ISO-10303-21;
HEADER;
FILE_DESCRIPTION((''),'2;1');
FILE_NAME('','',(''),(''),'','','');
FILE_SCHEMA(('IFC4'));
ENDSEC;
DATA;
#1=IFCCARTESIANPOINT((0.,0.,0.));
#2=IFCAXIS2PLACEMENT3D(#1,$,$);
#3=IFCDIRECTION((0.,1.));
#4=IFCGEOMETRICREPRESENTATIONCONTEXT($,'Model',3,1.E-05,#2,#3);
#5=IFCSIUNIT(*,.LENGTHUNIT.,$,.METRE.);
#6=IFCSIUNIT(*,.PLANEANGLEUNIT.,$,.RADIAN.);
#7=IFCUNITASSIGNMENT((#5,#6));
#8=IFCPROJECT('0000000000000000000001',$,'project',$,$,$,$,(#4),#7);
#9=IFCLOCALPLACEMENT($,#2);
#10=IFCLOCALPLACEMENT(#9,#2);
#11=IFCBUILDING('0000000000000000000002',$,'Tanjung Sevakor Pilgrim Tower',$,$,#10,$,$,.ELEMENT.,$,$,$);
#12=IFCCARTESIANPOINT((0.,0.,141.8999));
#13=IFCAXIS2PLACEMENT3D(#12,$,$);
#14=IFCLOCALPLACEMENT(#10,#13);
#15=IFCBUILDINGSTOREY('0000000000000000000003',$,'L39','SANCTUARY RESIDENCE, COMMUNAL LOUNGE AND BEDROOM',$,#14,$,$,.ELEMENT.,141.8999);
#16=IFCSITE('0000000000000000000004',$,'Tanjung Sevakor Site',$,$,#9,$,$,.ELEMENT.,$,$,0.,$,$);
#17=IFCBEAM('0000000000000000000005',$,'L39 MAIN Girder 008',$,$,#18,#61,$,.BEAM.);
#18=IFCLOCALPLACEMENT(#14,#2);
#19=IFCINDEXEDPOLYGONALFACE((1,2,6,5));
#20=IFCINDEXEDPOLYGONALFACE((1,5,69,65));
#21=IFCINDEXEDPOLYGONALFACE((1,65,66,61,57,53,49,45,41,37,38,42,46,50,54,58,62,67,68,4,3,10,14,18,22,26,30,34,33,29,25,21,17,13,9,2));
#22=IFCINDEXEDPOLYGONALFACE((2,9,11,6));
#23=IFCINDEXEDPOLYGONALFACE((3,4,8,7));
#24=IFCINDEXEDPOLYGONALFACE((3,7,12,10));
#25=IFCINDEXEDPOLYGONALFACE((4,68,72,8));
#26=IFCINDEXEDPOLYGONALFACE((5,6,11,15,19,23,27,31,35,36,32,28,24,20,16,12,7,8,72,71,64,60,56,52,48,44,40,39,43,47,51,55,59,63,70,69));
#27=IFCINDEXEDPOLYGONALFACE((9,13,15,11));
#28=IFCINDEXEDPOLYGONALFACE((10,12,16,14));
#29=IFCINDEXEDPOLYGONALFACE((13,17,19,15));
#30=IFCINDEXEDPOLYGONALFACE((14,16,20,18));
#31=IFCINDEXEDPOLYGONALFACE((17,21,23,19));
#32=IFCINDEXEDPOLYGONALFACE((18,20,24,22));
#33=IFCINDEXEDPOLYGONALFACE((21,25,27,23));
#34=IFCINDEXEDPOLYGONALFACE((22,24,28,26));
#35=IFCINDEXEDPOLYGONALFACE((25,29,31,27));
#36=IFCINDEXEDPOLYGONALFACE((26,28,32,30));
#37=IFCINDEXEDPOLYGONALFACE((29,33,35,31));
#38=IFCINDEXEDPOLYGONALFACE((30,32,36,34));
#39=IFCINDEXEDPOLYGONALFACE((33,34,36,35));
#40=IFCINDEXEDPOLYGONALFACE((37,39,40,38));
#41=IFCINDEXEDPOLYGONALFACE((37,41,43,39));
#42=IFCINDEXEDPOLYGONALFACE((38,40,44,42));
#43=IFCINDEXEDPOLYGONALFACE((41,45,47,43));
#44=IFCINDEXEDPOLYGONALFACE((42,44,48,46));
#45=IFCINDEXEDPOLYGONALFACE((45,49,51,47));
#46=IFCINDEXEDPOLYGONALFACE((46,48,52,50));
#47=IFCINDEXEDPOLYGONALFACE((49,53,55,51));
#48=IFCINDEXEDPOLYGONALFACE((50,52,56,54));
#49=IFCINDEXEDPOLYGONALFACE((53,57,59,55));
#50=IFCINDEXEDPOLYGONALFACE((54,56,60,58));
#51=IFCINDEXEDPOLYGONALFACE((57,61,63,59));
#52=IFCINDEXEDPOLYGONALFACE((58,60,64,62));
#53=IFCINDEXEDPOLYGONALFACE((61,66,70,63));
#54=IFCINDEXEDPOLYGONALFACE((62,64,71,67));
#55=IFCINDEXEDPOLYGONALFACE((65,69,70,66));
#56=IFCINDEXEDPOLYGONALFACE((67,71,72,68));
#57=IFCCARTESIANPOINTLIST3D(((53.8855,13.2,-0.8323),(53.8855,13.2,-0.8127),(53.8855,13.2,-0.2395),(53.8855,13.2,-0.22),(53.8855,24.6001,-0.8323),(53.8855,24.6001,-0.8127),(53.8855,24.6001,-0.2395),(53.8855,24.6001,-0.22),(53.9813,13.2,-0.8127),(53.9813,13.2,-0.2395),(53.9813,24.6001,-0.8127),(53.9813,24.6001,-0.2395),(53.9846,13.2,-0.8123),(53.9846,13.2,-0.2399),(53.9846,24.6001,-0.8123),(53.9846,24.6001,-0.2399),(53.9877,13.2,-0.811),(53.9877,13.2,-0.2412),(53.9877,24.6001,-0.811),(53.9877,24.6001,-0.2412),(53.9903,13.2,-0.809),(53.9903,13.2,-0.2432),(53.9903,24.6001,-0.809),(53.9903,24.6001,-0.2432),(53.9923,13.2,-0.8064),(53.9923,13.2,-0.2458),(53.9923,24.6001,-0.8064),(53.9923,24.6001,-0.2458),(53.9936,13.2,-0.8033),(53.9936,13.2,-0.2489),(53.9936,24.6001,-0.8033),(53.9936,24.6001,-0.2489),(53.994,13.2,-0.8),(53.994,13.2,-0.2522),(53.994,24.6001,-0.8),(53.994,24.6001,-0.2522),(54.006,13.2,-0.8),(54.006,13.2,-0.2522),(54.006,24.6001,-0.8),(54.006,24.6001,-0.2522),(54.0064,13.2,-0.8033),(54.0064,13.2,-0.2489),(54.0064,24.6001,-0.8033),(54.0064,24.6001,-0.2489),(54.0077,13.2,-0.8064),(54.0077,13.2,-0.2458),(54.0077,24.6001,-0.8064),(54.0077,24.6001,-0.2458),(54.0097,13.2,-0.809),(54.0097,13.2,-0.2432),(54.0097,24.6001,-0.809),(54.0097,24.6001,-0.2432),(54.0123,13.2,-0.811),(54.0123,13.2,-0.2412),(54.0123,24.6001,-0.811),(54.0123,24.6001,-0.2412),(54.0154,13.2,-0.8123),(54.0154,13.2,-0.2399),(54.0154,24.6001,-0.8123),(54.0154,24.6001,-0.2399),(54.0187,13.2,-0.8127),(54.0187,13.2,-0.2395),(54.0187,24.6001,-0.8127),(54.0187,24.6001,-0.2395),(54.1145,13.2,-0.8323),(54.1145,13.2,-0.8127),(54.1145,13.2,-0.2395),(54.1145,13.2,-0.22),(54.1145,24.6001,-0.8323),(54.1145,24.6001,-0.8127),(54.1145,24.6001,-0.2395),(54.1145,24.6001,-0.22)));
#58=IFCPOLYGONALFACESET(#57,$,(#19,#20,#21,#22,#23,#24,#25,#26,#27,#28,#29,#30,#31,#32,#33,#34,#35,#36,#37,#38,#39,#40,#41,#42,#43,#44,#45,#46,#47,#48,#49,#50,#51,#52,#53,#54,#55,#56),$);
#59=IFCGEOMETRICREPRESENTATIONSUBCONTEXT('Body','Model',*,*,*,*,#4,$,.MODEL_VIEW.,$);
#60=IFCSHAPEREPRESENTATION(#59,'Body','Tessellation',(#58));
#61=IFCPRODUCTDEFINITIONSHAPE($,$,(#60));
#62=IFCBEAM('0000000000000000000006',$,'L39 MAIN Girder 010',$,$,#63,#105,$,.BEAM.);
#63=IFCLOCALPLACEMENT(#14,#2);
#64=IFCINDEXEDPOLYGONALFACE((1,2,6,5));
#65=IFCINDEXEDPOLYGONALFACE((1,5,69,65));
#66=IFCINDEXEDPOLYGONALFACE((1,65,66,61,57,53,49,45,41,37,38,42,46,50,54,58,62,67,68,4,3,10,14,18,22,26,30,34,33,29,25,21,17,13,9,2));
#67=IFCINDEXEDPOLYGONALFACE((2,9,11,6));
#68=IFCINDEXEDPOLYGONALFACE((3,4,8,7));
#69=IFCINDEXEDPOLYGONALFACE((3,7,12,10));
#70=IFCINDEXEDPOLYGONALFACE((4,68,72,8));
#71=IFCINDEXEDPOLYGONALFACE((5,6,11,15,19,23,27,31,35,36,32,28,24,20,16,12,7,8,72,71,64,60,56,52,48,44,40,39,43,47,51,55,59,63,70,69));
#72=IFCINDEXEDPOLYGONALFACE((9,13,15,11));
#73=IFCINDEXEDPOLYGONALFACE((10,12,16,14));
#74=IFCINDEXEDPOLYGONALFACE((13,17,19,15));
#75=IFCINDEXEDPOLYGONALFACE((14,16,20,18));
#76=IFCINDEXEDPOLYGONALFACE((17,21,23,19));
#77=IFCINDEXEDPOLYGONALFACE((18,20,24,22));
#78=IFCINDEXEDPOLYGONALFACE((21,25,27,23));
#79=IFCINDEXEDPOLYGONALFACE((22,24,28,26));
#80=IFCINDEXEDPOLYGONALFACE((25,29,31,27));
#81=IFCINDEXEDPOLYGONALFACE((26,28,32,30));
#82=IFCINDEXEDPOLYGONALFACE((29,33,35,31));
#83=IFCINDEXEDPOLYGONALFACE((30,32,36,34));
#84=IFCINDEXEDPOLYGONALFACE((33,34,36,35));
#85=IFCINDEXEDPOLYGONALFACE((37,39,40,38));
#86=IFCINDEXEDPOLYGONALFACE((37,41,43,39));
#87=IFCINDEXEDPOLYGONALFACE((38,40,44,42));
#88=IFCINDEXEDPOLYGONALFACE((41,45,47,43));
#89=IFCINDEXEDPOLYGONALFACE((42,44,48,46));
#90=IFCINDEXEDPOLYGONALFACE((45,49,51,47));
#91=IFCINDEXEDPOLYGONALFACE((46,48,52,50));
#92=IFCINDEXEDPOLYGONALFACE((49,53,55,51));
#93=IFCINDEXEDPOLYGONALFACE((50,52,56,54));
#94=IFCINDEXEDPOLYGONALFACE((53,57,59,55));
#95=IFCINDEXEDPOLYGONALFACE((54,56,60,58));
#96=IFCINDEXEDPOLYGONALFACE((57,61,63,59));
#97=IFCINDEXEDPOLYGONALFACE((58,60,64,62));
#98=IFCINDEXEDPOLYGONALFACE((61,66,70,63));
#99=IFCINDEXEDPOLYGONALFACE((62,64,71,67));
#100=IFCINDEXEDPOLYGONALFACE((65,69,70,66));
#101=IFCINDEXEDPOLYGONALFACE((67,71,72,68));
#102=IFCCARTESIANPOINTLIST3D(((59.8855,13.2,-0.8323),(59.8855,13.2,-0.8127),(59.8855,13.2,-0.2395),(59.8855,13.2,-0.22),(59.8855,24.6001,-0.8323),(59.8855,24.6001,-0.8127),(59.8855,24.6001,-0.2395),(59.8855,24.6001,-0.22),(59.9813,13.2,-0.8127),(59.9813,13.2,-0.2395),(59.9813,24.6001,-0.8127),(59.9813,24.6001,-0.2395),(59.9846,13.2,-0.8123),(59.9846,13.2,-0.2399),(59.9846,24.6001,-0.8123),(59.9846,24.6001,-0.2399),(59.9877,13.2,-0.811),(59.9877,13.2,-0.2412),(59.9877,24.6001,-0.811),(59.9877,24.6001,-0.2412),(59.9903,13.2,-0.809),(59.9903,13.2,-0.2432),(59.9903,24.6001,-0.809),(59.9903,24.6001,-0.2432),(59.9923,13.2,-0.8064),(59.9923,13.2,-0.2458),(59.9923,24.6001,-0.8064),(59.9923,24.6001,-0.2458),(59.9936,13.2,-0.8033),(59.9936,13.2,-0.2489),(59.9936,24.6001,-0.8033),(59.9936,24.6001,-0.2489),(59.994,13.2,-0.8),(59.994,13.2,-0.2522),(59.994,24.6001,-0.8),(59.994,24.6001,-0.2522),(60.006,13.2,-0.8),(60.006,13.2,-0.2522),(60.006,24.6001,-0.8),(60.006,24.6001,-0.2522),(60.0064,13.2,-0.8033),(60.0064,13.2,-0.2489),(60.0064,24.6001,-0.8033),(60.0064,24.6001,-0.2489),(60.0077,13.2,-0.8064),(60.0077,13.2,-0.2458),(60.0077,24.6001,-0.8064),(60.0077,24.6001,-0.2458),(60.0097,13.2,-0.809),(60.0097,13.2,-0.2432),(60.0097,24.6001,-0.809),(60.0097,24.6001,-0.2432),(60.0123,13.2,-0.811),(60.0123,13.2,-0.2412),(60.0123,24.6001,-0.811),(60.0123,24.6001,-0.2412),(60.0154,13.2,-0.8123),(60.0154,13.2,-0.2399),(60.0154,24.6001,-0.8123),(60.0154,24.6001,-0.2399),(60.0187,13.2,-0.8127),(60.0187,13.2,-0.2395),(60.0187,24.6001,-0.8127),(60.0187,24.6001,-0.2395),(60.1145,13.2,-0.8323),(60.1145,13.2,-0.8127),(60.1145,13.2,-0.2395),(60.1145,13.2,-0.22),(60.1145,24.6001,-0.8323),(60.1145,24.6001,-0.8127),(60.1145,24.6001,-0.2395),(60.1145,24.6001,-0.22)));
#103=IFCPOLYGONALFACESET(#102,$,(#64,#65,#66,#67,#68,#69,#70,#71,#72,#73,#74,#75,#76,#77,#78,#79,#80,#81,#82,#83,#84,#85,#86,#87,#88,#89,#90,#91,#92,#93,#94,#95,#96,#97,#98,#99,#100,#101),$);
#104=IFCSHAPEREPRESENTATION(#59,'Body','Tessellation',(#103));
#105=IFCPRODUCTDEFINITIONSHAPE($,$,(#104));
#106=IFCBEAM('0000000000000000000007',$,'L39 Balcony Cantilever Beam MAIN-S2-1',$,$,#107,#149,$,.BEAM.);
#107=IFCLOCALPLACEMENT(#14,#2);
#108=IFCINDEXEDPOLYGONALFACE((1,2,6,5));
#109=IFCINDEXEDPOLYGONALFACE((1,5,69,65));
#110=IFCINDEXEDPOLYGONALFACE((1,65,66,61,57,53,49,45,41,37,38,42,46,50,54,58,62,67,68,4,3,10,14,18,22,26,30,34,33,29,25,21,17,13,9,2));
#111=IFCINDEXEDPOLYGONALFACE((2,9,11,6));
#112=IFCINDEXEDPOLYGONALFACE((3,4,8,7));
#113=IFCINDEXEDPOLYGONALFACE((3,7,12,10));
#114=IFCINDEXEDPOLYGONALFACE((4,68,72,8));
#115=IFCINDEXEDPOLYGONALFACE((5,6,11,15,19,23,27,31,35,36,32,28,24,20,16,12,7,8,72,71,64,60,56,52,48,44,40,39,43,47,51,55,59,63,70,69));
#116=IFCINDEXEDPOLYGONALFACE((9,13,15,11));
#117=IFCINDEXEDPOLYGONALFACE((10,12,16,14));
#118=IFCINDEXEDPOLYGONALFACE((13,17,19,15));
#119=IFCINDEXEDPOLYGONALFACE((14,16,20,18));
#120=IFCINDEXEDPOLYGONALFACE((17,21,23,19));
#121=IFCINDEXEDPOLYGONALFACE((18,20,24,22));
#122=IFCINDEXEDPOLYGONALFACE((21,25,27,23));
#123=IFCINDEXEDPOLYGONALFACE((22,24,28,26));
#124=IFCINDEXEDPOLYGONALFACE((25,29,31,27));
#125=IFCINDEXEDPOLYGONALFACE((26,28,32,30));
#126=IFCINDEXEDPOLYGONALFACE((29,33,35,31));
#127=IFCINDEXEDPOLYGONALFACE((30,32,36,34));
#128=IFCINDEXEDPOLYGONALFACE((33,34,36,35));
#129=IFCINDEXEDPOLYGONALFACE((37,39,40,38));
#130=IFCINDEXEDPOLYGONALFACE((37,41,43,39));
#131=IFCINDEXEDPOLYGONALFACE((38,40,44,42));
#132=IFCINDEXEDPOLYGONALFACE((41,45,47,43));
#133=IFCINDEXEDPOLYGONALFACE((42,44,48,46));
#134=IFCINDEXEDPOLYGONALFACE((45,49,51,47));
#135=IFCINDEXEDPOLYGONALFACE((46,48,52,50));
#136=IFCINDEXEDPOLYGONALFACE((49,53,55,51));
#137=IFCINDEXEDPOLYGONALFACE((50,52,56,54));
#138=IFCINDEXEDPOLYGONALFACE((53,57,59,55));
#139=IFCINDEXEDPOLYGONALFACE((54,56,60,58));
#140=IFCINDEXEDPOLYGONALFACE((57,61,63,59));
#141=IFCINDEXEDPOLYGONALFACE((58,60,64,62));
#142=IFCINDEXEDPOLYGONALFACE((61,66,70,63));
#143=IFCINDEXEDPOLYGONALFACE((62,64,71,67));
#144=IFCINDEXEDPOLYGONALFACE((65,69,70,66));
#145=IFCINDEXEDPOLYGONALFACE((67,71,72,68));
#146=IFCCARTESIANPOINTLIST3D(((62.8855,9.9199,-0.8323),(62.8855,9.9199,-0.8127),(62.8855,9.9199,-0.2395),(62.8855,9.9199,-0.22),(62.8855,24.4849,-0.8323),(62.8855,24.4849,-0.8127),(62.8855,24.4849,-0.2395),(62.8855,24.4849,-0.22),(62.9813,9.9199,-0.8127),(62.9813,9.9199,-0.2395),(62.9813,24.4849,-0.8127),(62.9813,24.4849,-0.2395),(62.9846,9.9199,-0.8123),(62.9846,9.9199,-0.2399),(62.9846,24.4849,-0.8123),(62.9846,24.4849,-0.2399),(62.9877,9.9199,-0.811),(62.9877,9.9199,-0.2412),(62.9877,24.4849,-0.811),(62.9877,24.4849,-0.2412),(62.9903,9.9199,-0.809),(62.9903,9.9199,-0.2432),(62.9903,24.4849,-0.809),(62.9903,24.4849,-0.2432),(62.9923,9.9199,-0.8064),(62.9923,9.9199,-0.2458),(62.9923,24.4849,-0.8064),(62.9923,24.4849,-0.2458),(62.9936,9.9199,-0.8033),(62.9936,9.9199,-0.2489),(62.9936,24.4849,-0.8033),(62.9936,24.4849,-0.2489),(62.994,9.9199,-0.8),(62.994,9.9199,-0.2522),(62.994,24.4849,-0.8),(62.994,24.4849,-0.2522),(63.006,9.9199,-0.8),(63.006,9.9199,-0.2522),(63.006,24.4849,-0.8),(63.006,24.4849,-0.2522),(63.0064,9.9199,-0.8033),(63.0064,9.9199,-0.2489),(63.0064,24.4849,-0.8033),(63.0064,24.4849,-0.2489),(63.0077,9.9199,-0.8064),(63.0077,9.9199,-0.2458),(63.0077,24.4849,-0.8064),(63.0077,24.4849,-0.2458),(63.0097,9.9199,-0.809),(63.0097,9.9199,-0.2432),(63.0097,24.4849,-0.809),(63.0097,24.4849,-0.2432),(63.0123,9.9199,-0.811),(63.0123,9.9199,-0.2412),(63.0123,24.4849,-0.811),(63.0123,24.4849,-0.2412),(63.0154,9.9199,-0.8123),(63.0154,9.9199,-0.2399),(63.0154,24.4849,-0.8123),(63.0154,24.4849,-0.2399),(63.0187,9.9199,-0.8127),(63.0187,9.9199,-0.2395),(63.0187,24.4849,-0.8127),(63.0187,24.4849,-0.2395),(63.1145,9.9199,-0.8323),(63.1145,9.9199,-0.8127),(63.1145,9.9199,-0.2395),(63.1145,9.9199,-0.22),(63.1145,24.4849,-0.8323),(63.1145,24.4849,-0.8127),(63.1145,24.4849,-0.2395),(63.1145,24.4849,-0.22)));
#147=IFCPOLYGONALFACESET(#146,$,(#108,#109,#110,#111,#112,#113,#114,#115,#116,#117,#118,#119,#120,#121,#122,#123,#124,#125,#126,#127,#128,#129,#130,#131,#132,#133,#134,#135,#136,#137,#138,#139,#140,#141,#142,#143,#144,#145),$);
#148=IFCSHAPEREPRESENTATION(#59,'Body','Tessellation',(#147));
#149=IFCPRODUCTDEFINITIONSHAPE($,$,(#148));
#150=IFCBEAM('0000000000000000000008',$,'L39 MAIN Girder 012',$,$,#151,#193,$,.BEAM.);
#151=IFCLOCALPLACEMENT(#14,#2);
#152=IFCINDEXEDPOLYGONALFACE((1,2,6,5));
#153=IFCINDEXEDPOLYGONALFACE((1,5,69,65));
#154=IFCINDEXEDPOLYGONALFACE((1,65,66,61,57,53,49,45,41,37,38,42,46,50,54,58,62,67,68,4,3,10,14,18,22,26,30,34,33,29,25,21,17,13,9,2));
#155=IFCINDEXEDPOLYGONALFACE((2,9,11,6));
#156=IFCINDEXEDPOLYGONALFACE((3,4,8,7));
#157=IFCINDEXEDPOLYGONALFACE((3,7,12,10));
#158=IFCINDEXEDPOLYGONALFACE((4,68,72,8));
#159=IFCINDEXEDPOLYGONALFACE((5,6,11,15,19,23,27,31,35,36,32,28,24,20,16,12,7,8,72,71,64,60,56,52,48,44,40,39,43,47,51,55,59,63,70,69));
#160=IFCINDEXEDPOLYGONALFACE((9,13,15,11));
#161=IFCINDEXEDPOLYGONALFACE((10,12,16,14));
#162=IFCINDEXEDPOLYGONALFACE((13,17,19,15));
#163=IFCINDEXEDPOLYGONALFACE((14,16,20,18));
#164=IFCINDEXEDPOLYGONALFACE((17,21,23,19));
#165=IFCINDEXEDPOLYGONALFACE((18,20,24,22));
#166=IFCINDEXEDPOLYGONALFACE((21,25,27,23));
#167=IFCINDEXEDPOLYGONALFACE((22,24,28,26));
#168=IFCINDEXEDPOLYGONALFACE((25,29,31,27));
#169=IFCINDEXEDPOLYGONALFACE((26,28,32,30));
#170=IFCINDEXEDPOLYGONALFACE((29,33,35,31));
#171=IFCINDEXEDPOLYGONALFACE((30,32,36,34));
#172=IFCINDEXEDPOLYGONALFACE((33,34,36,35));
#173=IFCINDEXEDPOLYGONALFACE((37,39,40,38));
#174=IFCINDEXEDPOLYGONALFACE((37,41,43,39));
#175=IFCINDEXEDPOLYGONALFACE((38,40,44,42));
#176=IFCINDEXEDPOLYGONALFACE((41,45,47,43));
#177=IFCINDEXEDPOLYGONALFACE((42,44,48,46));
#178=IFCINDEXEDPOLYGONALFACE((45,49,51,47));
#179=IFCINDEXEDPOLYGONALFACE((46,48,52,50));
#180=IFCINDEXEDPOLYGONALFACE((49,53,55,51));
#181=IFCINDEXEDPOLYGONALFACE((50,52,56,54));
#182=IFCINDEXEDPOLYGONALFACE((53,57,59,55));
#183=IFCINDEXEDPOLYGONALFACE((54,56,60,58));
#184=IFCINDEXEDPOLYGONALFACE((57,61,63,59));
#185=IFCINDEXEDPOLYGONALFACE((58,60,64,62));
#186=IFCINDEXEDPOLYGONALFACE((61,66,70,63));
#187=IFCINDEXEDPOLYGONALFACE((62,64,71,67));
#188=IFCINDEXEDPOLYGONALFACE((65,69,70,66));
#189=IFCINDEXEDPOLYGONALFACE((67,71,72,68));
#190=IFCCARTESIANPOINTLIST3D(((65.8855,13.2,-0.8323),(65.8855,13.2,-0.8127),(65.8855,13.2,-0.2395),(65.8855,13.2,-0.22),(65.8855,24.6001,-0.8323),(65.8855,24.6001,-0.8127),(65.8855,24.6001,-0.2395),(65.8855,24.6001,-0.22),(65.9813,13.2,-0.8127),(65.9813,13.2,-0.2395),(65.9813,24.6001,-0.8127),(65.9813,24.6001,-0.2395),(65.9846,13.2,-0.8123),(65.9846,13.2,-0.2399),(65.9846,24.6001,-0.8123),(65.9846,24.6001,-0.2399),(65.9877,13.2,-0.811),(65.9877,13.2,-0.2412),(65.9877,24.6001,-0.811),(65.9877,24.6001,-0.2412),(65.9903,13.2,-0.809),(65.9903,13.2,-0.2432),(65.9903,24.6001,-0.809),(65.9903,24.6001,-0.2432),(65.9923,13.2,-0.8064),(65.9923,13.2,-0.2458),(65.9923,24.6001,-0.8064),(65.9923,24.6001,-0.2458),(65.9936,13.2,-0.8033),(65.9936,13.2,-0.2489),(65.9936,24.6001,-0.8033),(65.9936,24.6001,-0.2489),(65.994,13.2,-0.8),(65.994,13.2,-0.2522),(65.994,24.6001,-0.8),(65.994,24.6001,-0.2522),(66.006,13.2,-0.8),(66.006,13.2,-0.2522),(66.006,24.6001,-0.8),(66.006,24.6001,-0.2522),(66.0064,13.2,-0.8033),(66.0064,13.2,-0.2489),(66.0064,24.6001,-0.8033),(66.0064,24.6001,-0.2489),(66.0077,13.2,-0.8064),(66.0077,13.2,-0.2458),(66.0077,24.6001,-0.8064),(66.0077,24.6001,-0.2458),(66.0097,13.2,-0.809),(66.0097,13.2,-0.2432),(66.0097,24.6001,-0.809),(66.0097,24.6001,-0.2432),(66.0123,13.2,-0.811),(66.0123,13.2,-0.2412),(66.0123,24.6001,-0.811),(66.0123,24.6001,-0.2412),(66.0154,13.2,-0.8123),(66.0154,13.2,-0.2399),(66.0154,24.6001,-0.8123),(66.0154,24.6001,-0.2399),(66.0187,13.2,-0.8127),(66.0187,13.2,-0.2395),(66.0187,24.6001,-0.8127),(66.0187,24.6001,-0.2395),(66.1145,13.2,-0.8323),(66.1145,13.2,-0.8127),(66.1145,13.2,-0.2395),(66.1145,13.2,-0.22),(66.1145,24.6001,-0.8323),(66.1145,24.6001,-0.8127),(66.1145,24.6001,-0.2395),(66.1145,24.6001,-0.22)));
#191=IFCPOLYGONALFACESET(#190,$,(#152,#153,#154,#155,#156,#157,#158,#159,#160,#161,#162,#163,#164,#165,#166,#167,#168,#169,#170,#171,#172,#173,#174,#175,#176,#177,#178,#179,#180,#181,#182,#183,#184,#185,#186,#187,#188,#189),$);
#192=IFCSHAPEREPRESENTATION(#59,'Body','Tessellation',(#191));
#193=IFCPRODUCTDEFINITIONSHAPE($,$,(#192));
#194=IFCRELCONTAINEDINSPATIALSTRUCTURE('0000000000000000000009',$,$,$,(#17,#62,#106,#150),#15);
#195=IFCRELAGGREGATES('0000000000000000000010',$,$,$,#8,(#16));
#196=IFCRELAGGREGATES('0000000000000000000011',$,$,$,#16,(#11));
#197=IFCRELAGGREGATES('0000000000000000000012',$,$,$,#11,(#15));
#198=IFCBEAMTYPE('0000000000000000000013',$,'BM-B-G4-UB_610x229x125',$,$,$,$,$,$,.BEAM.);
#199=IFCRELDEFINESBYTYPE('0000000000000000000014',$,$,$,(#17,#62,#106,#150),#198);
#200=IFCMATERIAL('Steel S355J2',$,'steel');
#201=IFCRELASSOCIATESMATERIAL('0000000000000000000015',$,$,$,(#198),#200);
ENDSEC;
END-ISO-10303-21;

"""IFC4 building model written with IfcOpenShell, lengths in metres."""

from ifc_helpers import new_model, si_unit, direction, frame, origin, origin_2d, place, context, subcontext, project, spatial, i_section, extrude, material, material_profile, profile_set, type_object, element, save


model = new_model("IFC4")

# Units and contexts
model_context = context("Model", 3, precision=1e-05, world=origin(), true_north=direction((0.0, 1.0)))
body_context = subcontext(model_context, "Body", "Model", "MODEL_VIEW")
ifc_project = project(units=[si_unit("LENGTHUNIT", "METRE"), si_unit("PLANEANGLEUNIT", "RADIAN")], contexts=[model_context])

# Site, building, storey
site_placement = place(None, origin())
site = spatial("IfcSite", under=ifc_project, at=site_placement, Name="Tanjung Sevakor Site", CompositionType="ELEMENT", RefElevation=0.0)
building_placement = place(site_placement, origin())
building = spatial("IfcBuilding", under=site, at=building_placement, Name="Tanjung Sevakor Pilgrim Tower", CompositionType="ELEMENT")
storey_placement = place(building_placement, frame((0.0, 0.0, 141.8999)))
storey = spatial("IfcBuildingStorey", under=building, at=storey_placement, Name="L39", Description="SANCTUARY RESIDENCE, COMMUNAL LOUNGE AND BEDROOM", CompositionType="ELEMENT", Elevation=141.8999)

# Beams
ifc_material_1 = material(Name="Steel S355J2", Category="steel")
ifc_material_profile_1 = material_profile(ifc_material_1, i_section(OverallWidth=0.229, OverallDepth=0.6123, WebThickness=0.012, FlangeThickness=0.0195, FilletRadius=0.0127, at=origin_2d()))
ifc_profile_set_1 = profile_set([ifc_material_profile_1], Name="Steel S355J2")
beam_type_1 = type_object("IfcBeamType", Name="BM-B-G4-UB_610x229x125", PredefinedType="BEAM", material=ifc_profile_set_1)
for number, where, z_axis, x_axis, name in (
    (1, (54.0, 13.2, -0.5261), (0.0, 1.0, 0.0), (-1.0, 0.0, 0.0), "L39 MAIN Girder 008"),
    (2, (60.0, 13.2, -0.5261), (0.0, 1.0, 0.0), (-1.0, 0.0, 0.0), "L39 MAIN Girder 010"),
):
    element("IfcBeam", number, at=place(storey_placement, frame(where, z_axis=z_axis, x_axis=x_axis)), inside=storey, type_object=beam_type_1, Name=name, PredefinedType="BEAM", context=body_context, shape_type="SweptSolid", body=[
        extrude(i_section(OverallWidth=0.229, OverallDepth=0.6123, WebThickness=0.012, FlangeThickness=0.0195, FilletRadius=0.0127, at=origin_2d()), origin(), (0.0, 0.0, 1.0), 11.4001),
    ])
beam_1_placement = place(storey_placement, frame((63.0, 24.4849, -0.5261), z_axis=(0.0, -1.0, 0.0), x_axis=(1.0, 0.0, 0.0)))
element("IfcBeam", 3, at=beam_1_placement, inside=storey, type_object=beam_type_1, Name="L39 Balcony Cantilever Beam MAIN-S2-1", PredefinedType="BEAM", context=body_context, shape_type="SweptSolid", body=[
    extrude(i_section(OverallWidth=0.229, OverallDepth=0.6123, WebThickness=0.012, FlangeThickness=0.0195, FilletRadius=0.0127, at=origin_2d()), origin(), (0.0, 0.0, 1.0), 14.5649),
])
beam_2_placement = place(storey_placement, frame((66.0, 13.2, -0.5261), z_axis=(0.0, 1.0, 0.0), x_axis=(-1.0, 0.0, 0.0)))
element("IfcBeam", 4, at=beam_2_placement, inside=storey, type_object=beam_type_1, Name="L39 MAIN Girder 012", PredefinedType="BEAM", context=body_context, shape_type="SweptSolid", body=[
    extrude(i_section(OverallWidth=0.229, OverallDepth=0.6123, WebThickness=0.012, FlangeThickness=0.0195, FilletRadius=0.0127, at=origin_2d()), origin(), (0.0, 0.0, 1.0), 11.4001),
])

save(model, "model.ifc")
